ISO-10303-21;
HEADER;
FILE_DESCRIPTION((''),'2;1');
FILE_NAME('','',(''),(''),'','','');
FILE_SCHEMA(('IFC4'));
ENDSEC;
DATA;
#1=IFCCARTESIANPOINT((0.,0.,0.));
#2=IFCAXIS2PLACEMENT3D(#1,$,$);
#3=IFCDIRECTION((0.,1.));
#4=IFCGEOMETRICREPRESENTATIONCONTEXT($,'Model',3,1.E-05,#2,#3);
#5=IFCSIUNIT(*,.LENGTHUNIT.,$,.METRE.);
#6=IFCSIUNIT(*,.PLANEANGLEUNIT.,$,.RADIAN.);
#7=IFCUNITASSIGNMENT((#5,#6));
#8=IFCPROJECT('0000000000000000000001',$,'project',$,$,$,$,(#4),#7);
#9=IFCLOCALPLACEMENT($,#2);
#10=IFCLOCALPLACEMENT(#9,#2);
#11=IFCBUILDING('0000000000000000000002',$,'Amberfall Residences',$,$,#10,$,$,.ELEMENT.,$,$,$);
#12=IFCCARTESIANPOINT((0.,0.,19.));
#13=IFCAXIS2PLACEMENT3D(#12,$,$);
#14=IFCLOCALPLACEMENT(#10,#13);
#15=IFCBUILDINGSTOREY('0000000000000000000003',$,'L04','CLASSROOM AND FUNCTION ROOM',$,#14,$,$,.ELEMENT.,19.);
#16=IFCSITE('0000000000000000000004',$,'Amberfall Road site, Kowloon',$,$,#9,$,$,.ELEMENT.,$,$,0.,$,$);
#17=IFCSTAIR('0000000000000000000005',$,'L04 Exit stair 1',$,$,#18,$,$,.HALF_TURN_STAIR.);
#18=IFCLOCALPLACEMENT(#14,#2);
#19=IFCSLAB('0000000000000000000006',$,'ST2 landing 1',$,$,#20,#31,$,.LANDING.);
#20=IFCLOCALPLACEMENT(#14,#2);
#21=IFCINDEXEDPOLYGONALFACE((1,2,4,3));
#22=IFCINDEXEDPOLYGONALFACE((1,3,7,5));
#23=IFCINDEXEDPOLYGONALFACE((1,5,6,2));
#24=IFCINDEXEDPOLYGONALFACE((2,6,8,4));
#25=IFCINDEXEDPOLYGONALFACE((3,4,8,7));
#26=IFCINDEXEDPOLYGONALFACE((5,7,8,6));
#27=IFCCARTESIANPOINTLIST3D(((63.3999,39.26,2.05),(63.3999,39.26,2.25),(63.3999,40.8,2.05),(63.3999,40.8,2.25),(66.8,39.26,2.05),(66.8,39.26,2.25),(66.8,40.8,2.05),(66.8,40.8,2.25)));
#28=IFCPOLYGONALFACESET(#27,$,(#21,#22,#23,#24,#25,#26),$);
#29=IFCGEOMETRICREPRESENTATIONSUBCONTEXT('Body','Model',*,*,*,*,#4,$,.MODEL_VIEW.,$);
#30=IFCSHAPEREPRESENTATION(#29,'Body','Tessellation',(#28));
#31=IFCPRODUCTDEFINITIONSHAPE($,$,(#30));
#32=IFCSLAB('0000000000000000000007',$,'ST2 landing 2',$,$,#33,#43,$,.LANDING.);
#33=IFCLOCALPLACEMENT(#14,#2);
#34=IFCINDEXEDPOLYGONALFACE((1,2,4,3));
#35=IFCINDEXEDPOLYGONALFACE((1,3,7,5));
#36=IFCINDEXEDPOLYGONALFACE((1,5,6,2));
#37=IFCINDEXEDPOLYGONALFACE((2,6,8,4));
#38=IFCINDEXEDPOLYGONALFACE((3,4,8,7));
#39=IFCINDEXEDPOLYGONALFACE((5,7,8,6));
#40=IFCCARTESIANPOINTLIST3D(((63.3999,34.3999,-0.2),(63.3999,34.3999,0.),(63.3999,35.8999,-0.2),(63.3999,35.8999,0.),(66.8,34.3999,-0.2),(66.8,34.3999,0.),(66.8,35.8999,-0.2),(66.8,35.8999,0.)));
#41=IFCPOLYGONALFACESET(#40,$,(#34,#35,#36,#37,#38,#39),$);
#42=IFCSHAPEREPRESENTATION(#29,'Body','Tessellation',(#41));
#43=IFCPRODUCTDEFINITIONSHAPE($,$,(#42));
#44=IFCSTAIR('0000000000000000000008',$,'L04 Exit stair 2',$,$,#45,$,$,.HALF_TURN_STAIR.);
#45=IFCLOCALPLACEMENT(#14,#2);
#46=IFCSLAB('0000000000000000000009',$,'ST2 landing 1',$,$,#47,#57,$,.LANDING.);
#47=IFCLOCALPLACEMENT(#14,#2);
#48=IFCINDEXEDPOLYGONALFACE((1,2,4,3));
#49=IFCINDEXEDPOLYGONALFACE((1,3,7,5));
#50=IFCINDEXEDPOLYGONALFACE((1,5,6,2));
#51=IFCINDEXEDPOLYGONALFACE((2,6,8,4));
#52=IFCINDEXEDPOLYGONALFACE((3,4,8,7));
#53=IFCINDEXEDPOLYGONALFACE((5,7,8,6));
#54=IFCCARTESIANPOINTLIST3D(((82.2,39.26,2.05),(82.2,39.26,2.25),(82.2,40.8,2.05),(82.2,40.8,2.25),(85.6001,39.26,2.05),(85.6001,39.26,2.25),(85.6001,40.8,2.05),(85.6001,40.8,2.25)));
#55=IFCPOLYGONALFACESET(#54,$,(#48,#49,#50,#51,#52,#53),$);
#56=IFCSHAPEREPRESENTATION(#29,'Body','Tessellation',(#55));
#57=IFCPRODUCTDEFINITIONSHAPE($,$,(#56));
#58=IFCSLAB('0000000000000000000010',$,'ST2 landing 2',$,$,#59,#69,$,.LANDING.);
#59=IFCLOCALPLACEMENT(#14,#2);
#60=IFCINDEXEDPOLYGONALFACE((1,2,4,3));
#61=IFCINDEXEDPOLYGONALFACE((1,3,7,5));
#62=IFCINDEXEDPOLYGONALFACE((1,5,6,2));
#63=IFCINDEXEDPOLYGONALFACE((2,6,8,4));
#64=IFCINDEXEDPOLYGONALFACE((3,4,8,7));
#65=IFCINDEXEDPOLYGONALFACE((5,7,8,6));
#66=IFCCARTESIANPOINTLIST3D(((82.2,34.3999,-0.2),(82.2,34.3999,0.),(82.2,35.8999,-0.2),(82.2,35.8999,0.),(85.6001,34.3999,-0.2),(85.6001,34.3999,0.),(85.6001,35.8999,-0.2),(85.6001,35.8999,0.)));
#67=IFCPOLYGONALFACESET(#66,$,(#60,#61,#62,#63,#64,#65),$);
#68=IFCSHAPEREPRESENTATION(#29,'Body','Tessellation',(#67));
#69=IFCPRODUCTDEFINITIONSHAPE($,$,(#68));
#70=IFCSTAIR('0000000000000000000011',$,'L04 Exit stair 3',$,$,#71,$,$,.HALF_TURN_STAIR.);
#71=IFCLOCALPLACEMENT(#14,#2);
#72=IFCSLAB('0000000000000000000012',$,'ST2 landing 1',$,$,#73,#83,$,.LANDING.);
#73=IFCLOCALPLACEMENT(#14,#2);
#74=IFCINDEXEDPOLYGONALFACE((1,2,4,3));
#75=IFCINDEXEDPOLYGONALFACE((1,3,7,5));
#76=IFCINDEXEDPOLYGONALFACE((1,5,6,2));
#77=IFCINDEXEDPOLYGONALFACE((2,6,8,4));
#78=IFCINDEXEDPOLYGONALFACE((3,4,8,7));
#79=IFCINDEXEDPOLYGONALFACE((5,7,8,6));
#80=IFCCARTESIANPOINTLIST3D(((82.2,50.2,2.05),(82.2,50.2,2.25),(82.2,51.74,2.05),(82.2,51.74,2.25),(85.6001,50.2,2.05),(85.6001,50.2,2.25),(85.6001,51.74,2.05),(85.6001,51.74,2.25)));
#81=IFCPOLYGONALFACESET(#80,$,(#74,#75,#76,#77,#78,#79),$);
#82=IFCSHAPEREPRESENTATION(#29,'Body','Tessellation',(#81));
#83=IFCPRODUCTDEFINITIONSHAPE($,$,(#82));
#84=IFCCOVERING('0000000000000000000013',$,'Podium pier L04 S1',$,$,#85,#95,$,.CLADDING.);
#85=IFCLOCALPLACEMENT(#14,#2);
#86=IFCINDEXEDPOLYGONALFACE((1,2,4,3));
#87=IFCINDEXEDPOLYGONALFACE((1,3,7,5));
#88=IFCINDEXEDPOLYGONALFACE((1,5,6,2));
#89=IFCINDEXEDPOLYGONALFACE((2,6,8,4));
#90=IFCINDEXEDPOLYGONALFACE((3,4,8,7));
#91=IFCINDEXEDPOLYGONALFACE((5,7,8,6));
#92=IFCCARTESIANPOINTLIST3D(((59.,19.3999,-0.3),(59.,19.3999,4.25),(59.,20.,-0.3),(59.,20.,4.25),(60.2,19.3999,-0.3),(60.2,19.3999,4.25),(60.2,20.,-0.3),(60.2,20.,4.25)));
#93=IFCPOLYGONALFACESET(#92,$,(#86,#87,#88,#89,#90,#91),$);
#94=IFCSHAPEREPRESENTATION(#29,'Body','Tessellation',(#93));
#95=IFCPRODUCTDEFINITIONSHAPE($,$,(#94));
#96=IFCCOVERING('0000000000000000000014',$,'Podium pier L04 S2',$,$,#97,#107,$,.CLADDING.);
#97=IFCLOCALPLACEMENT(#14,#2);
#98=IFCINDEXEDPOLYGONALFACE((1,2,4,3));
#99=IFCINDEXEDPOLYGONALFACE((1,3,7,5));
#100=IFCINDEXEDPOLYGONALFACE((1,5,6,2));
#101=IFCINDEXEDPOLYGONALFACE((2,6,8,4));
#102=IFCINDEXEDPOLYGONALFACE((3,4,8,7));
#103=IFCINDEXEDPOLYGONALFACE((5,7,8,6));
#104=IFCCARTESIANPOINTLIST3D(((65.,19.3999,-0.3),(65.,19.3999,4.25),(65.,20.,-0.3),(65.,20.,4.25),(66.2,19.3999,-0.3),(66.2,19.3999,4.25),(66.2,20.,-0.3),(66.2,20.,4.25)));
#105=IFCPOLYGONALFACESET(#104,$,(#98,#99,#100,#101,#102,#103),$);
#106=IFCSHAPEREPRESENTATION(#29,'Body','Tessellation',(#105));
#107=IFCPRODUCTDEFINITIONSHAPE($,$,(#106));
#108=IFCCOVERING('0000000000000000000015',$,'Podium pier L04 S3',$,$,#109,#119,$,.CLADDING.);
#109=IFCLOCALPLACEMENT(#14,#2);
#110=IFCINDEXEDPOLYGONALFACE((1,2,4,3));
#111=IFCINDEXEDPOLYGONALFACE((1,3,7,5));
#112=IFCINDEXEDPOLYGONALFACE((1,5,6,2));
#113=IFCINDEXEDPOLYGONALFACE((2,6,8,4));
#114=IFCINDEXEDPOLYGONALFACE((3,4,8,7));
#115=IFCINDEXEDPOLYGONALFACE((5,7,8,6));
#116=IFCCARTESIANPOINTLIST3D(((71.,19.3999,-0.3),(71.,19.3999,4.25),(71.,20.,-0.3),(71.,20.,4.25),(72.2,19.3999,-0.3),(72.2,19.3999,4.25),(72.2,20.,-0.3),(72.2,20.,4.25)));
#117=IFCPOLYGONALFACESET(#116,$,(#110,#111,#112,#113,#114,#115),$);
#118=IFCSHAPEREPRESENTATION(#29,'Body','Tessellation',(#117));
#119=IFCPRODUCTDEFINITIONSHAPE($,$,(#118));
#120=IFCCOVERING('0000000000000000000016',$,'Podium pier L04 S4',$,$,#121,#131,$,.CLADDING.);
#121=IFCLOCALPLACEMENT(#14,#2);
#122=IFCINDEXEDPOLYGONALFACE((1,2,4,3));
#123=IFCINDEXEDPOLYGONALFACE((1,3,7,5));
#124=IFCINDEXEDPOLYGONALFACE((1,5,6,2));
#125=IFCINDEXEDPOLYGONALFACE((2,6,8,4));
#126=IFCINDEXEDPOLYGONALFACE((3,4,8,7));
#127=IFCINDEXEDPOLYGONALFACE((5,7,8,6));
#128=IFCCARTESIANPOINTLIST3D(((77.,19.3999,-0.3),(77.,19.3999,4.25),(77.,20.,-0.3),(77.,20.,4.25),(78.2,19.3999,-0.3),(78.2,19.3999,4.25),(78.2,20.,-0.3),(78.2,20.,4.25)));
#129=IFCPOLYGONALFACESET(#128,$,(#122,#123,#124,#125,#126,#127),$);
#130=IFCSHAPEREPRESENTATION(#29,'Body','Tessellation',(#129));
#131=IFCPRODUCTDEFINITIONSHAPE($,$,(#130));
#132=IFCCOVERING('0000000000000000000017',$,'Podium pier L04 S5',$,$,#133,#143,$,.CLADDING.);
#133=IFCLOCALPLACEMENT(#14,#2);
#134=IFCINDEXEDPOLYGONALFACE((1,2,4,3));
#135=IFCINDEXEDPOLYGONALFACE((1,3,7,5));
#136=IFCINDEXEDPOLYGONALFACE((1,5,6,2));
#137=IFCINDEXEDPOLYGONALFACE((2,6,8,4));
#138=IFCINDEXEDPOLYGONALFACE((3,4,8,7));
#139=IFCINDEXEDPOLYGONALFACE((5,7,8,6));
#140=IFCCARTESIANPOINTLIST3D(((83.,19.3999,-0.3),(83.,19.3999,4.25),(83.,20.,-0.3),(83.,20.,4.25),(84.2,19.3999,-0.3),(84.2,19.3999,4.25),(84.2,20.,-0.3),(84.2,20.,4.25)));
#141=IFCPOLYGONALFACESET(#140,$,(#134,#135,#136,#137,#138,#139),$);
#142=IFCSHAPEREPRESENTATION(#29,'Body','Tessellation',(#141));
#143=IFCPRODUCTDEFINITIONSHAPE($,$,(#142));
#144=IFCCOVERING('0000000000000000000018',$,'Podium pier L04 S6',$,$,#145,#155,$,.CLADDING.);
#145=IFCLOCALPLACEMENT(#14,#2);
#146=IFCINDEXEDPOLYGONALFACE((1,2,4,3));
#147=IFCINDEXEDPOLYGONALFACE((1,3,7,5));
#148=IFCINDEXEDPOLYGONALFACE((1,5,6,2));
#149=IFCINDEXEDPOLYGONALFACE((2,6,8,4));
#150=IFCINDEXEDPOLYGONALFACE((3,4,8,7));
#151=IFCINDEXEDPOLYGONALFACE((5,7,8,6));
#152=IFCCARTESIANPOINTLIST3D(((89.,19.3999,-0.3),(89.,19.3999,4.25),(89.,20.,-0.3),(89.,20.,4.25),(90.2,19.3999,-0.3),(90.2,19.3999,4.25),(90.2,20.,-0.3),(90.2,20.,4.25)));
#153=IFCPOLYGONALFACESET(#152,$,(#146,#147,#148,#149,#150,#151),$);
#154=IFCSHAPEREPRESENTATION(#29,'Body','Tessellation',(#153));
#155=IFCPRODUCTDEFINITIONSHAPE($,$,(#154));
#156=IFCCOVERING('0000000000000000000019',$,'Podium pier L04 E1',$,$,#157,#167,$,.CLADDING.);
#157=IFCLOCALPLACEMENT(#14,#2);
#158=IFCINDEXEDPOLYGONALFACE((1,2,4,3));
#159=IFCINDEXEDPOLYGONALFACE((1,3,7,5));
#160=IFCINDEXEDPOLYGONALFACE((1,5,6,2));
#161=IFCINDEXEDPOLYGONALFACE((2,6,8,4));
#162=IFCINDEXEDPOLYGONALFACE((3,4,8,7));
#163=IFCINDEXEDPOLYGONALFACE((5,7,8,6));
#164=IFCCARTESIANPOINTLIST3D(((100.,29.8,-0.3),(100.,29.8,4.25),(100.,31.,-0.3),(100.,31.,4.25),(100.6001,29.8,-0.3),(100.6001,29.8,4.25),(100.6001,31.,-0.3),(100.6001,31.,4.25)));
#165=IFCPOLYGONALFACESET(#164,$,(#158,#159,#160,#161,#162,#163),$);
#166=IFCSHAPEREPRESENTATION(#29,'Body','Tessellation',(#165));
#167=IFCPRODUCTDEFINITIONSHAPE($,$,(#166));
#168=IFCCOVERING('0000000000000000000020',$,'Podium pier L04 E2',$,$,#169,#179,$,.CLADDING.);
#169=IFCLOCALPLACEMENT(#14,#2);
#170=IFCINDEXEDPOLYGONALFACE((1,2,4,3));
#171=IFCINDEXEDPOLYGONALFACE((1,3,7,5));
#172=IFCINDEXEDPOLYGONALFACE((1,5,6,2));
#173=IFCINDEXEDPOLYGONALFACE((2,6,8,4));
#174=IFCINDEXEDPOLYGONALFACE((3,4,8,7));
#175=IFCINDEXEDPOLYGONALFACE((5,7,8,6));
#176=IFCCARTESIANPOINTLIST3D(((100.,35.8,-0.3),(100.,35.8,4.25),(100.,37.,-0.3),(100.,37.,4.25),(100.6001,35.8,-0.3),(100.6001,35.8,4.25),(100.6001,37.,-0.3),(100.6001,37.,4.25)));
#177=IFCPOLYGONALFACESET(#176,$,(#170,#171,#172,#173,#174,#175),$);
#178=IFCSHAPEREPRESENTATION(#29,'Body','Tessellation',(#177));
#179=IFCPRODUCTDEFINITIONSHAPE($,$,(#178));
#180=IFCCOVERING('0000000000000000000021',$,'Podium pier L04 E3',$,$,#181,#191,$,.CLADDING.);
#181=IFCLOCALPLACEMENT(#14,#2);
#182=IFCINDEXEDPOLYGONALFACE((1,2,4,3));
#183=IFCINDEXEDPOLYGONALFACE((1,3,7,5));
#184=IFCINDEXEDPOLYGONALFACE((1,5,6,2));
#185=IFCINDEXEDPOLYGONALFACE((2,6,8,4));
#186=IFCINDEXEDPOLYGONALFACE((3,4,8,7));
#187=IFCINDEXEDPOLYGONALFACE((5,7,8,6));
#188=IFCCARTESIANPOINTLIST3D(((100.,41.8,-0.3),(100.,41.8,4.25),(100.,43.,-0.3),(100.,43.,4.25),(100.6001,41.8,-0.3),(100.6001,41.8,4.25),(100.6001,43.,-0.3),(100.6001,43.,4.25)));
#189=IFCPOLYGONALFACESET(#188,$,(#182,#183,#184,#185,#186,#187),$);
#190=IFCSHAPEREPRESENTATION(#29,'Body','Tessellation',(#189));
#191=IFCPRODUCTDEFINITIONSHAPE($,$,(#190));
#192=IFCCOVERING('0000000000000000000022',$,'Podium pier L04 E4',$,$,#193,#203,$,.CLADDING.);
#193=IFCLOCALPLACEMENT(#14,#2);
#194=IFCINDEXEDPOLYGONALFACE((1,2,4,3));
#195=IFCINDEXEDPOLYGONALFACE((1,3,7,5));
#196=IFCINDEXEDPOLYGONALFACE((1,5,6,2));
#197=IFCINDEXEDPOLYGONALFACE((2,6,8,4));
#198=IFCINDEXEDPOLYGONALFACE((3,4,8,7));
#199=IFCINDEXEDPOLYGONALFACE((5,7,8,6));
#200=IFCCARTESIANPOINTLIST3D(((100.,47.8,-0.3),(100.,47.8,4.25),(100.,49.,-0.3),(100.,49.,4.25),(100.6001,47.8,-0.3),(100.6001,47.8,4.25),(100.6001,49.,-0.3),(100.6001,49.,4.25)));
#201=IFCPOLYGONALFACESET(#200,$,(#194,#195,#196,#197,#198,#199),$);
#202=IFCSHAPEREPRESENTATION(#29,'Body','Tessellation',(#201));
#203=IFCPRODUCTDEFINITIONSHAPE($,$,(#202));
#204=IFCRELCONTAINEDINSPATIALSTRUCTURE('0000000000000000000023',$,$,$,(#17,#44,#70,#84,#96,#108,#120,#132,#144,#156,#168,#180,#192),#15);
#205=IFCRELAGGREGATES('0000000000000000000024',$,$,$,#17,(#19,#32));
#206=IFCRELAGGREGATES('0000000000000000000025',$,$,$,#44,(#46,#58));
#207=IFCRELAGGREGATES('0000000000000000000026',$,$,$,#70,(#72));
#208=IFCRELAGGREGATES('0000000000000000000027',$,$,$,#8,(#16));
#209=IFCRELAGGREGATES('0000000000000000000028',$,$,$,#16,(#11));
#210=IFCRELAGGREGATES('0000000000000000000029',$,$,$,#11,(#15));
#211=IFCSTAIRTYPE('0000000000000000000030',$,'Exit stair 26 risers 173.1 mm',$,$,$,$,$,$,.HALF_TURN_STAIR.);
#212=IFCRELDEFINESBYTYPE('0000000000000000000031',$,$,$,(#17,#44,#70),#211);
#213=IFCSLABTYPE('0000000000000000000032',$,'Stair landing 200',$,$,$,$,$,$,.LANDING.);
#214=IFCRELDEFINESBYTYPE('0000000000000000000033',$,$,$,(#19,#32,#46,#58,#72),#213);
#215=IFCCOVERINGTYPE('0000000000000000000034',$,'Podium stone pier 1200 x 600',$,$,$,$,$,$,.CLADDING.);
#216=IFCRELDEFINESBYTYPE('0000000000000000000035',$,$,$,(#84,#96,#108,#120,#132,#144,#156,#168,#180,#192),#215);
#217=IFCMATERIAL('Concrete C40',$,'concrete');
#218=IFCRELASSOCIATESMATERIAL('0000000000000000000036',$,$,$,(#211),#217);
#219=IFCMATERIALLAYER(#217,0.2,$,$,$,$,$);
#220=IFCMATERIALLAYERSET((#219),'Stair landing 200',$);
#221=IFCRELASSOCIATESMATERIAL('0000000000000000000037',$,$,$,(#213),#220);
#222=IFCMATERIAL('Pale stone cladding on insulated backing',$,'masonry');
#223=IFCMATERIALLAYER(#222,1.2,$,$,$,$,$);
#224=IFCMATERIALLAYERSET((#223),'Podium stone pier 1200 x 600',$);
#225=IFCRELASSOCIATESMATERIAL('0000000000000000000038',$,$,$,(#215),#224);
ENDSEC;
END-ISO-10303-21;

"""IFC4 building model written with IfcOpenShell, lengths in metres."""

from ifc_helpers import new_model, si_unit, direction, frame, origin, place, context, subcontext, project, spatial, polyline, outline, extrude, material, layer, layer_set, type_object, element, aggregate, save


model = new_model("IFC4")

# Units and contexts
model_context = context("Model", 3, precision=1e-05, world=origin(), true_north=direction((0.0, 1.0)))
body_context = subcontext(model_context, "Body", "Model", "MODEL_VIEW")
ifc_project = project(units=[si_unit("LENGTHUNIT", "METRE"), si_unit("PLANEANGLEUNIT", "RADIAN")], contexts=[model_context])

# Site, building, storey
site_placement = place(None, origin())
site = spatial("IfcSite", under=ifc_project, at=site_placement, Name="Amberfall Road site, Kowloon", CompositionType="ELEMENT", RefElevation=0.0)
building_placement = place(site_placement, origin())
building = spatial("IfcBuilding", under=site, at=building_placement, Name="Amberfall Residences", CompositionType="ELEMENT")
storey_placement = place(building_placement, frame((0.0, 0.0, 19.0)))
storey = spatial("IfcBuildingStorey", under=building, at=storey_placement, Name="L04", Description="CLASSROOM AND FUNCTION ROOM", CompositionType="ELEMENT", Elevation=19.0)

# Shared definitions
ifc_material_1 = material(Name="Concrete C40", Category="concrete")

# Stairs, slabs
stair_type = type_object("IfcStairType", Name="Exit stair 26 risers 173.1 mm", PredefinedType="HALF_TURN_STAIR", material=ifc_material_1)
stair_1_placement = place(storey_placement, origin())
stair_1 = element("IfcStair", 1, at=stair_1_placement, inside=storey, type_object=stair_type, Name="L04 Exit stair 1", PredefinedType="HALF_TURN_STAIR")
ifc_layer_1 = layer(ifc_material_1, 0.2)
ifc_layer_set_1 = layer_set([ifc_layer_1], Name="Stair landing 200")
slab_type_1 = type_object("IfcSlabType", Name="Stair landing 200", PredefinedType="LANDING", material=ifc_layer_set_1)
slab_1_placement = place(storey_placement, frame((0.0, 0.0, 2.05)))
slab_1 = element("IfcSlab", 2, at=slab_1_placement, type_object=slab_type_1, Name="ST2 landing 1", PredefinedType="LANDING", context=body_context, shape_type="SweptSolid", body=[
    extrude(outline(polyline([(66.8, 39.26), (66.8, 40.8), (63.3999, 40.8), (63.3999, 39.26), (66.8, 39.26)])), origin(), (0.0, 0.0, 1.0), 0.2),
])
slab_2_placement = place(storey_placement, frame((0.0, 0.0, -0.2)))
slab_2 = element("IfcSlab", 3, at=slab_2_placement, type_object=slab_type_1, Name="ST2 landing 2", PredefinedType="LANDING", context=body_context, shape_type="SweptSolid", body=[
    extrude(outline(polyline([(66.8, 34.3999), (66.8, 35.8999), (63.3999, 35.8999), (63.3999, 34.3999), (66.8, 34.3999)])), origin(), (0.0, 0.0, 1.0), 0.2),
])
aggregate(stair_1, [slab_1, slab_2])
stair_2_placement = place(storey_placement, origin())
stair_2 = element("IfcStair", 4, at=stair_2_placement, inside=storey, type_object=stair_type, Name="L04 Exit stair 2", PredefinedType="HALF_TURN_STAIR")
slab_3_placement = place(storey_placement, frame((0.0, 0.0, 2.05)))
slab_3 = element("IfcSlab", 5, at=slab_3_placement, type_object=slab_type_1, Name="ST2 landing 1", PredefinedType="LANDING", context=body_context, shape_type="SweptSolid", body=[
    extrude(outline(polyline([(85.6001, 39.26), (85.6001, 40.8), (82.2, 40.8), (82.2, 39.26), (85.6001, 39.26)])), origin(), (0.0, 0.0, 1.0), 0.2),
])
slab_4_placement = place(storey_placement, frame((0.0, 0.0, -0.2)))
slab_4 = element("IfcSlab", 6, at=slab_4_placement, type_object=slab_type_1, Name="ST2 landing 2", PredefinedType="LANDING", context=body_context, shape_type="SweptSolid", body=[
    extrude(outline(polyline([(85.6001, 34.3999), (85.6001, 35.8999), (82.2, 35.8999), (82.2, 34.3999), (85.6001, 34.3999)])), origin(), (0.0, 0.0, 1.0), 0.2),
])
aggregate(stair_2, [slab_3, slab_4])

# Stair, slab
stair_3_placement = place(storey_placement, origin())
stair_3 = element("IfcStair", 7, at=stair_3_placement, inside=storey, type_object=stair_type, Name="L04 Exit stair 3", PredefinedType="HALF_TURN_STAIR")
slab_5_placement = place(storey_placement, frame((0.0, 0.0, 2.05)))
slab_5 = element("IfcSlab", 8, at=slab_5_placement, type_object=slab_type_1, Name="ST2 landing 1", PredefinedType="LANDING", context=body_context, shape_type="SweptSolid", body=[
    extrude(outline(polyline([(82.2, 51.74), (82.2, 50.2), (85.6001, 50.2), (85.6001, 51.74), (82.2, 51.74)])), origin(), (0.0, 0.0, 1.0), 0.2),
])
aggregate(stair_3, [slab_5])

# Coverings
ifc_material_2 = material(Name="Pale stone cladding on insulated backing", Category="masonry")
ifc_layer_2 = layer(ifc_material_2, 1.2)
ifc_layer_set_2 = layer_set([ifc_layer_2], Name="Podium stone pier 1200 x 600")
covering_type = type_object("IfcCoveringType", Name="Podium stone pier 1200 x 600", PredefinedType="CLADDING", material=ifc_layer_set_2)
covering_1_placement = place(storey_placement, frame((0.0, 0.0, -0.3)))
element("IfcCovering", 9, at=covering_1_placement, inside=storey, type_object=covering_type, Name="Podium pier L04 S1", PredefinedType="CLADDING", context=body_context, shape_type="SweptSolid", body=[
    extrude(outline(polyline([(59.0, 20.0), (60.2, 20.0), (60.2, 19.3999), (59.0, 19.3999), (59.0, 20.0)])), origin(), (0.0, 0.0, 1.0), 4.55),
])
covering_2_placement = place(storey_placement, frame((0.0, 0.0, -0.3)))
element("IfcCovering", 10, at=covering_2_placement, inside=storey, type_object=covering_type, Name="Podium pier L04 S2", PredefinedType="CLADDING", context=body_context, shape_type="SweptSolid", body=[
    extrude(outline(polyline([(65.0, 20.0), (66.2, 20.0), (66.2, 19.3999), (65.0, 19.3999), (65.0, 20.0)])), origin(), (0.0, 0.0, 1.0), 4.55),
])
covering_3_placement = place(storey_placement, frame((0.0, 0.0, -0.3)))
element("IfcCovering", 11, at=covering_3_placement, inside=storey, type_object=covering_type, Name="Podium pier L04 S3", PredefinedType="CLADDING", context=body_context, shape_type="SweptSolid", body=[
    extrude(outline(polyline([(71.0, 20.0), (72.2, 20.0), (72.2, 19.3999), (71.0, 19.3999), (71.0, 20.0)])), origin(), (0.0, 0.0, 1.0), 4.55),
])
covering_4_placement = place(storey_placement, frame((0.0, 0.0, -0.3)))
element("IfcCovering", 12, at=covering_4_placement, inside=storey, type_object=covering_type, Name="Podium pier L04 S4", PredefinedType="CLADDING", context=body_context, shape_type="SweptSolid", body=[
    extrude(outline(polyline([(77.0, 20.0), (78.2, 20.0), (78.2, 19.3999), (77.0, 19.3999), (77.0, 20.0)])), origin(), (0.0, 0.0, 1.0), 4.55),
])
covering_5_placement = place(storey_placement, frame((0.0, 0.0, -0.3)))
element("IfcCovering", 13, at=covering_5_placement, inside=storey, type_object=covering_type, Name="Podium pier L04 S5", PredefinedType="CLADDING", context=body_context, shape_type="SweptSolid", body=[
    extrude(outline(polyline([(83.0, 20.0), (84.2, 20.0), (84.2, 19.3999), (83.0, 19.3999), (83.0, 20.0)])), origin(), (0.0, 0.0, 1.0), 4.55),
])
covering_6_placement = place(storey_placement, frame((0.0, 0.0, -0.3)))
element("IfcCovering", 14, at=covering_6_placement, inside=storey, type_object=covering_type, Name="Podium pier L04 S6", PredefinedType="CLADDING", context=body_context, shape_type="SweptSolid", body=[
    extrude(outline(polyline([(89.0, 20.0), (90.2, 20.0), (90.2, 19.3999), (89.0, 19.3999), (89.0, 20.0)])), origin(), (0.0, 0.0, 1.0), 4.55),
])
covering_7_placement = place(storey_placement, frame((0.0, 0.0, -0.3)))
element("IfcCovering", 15, at=covering_7_placement, inside=storey, type_object=covering_type, Name="Podium pier L04 E1", PredefinedType="CLADDING", context=body_context, shape_type="SweptSolid", body=[
    extrude(outline(polyline([(100.0, 29.8), (100.0, 31.0), (100.6001, 31.0), (100.6001, 29.8), (100.0, 29.8)])), origin(), (0.0, 0.0, 1.0), 4.55),
])
covering_8_placement = place(storey_placement, frame((0.0, 0.0, -0.3)))
element("IfcCovering", 16, at=covering_8_placement, inside=storey, type_object=covering_type, Name="Podium pier L04 E2", PredefinedType="CLADDING", context=body_context, shape_type="SweptSolid", body=[
    extrude(outline(polyline([(100.0, 35.8), (100.0, 37.0), (100.6001, 37.0), (100.6001, 35.8), (100.0, 35.8)])), origin(), (0.0, 0.0, 1.0), 4.55),
])
covering_9_placement = place(storey_placement, frame((0.0, 0.0, -0.3)))
element("IfcCovering", 17, at=covering_9_placement, inside=storey, type_object=covering_type, Name="Podium pier L04 E3", PredefinedType="CLADDING", context=body_context, shape_type="SweptSolid", body=[
    extrude(outline(polyline([(100.0, 41.8), (100.0, 43.0), (100.6001, 43.0), (100.6001, 41.8), (100.0, 41.8)])), origin(), (0.0, 0.0, 1.0), 4.55),
])
covering_10_placement = place(storey_placement, frame((0.0, 0.0, -0.3)))
element("IfcCovering", 18, at=covering_10_placement, inside=storey, type_object=covering_type, Name="Podium pier L04 E4", PredefinedType="CLADDING", context=body_context, shape_type="SweptSolid", body=[
    extrude(outline(polyline([(100.0, 47.8), (100.0, 49.0), (100.6001, 49.0), (100.6001, 47.8), (100.0, 47.8)])), origin(), (0.0, 0.0, 1.0), 4.55),
])

save(model, "model.ifc")
